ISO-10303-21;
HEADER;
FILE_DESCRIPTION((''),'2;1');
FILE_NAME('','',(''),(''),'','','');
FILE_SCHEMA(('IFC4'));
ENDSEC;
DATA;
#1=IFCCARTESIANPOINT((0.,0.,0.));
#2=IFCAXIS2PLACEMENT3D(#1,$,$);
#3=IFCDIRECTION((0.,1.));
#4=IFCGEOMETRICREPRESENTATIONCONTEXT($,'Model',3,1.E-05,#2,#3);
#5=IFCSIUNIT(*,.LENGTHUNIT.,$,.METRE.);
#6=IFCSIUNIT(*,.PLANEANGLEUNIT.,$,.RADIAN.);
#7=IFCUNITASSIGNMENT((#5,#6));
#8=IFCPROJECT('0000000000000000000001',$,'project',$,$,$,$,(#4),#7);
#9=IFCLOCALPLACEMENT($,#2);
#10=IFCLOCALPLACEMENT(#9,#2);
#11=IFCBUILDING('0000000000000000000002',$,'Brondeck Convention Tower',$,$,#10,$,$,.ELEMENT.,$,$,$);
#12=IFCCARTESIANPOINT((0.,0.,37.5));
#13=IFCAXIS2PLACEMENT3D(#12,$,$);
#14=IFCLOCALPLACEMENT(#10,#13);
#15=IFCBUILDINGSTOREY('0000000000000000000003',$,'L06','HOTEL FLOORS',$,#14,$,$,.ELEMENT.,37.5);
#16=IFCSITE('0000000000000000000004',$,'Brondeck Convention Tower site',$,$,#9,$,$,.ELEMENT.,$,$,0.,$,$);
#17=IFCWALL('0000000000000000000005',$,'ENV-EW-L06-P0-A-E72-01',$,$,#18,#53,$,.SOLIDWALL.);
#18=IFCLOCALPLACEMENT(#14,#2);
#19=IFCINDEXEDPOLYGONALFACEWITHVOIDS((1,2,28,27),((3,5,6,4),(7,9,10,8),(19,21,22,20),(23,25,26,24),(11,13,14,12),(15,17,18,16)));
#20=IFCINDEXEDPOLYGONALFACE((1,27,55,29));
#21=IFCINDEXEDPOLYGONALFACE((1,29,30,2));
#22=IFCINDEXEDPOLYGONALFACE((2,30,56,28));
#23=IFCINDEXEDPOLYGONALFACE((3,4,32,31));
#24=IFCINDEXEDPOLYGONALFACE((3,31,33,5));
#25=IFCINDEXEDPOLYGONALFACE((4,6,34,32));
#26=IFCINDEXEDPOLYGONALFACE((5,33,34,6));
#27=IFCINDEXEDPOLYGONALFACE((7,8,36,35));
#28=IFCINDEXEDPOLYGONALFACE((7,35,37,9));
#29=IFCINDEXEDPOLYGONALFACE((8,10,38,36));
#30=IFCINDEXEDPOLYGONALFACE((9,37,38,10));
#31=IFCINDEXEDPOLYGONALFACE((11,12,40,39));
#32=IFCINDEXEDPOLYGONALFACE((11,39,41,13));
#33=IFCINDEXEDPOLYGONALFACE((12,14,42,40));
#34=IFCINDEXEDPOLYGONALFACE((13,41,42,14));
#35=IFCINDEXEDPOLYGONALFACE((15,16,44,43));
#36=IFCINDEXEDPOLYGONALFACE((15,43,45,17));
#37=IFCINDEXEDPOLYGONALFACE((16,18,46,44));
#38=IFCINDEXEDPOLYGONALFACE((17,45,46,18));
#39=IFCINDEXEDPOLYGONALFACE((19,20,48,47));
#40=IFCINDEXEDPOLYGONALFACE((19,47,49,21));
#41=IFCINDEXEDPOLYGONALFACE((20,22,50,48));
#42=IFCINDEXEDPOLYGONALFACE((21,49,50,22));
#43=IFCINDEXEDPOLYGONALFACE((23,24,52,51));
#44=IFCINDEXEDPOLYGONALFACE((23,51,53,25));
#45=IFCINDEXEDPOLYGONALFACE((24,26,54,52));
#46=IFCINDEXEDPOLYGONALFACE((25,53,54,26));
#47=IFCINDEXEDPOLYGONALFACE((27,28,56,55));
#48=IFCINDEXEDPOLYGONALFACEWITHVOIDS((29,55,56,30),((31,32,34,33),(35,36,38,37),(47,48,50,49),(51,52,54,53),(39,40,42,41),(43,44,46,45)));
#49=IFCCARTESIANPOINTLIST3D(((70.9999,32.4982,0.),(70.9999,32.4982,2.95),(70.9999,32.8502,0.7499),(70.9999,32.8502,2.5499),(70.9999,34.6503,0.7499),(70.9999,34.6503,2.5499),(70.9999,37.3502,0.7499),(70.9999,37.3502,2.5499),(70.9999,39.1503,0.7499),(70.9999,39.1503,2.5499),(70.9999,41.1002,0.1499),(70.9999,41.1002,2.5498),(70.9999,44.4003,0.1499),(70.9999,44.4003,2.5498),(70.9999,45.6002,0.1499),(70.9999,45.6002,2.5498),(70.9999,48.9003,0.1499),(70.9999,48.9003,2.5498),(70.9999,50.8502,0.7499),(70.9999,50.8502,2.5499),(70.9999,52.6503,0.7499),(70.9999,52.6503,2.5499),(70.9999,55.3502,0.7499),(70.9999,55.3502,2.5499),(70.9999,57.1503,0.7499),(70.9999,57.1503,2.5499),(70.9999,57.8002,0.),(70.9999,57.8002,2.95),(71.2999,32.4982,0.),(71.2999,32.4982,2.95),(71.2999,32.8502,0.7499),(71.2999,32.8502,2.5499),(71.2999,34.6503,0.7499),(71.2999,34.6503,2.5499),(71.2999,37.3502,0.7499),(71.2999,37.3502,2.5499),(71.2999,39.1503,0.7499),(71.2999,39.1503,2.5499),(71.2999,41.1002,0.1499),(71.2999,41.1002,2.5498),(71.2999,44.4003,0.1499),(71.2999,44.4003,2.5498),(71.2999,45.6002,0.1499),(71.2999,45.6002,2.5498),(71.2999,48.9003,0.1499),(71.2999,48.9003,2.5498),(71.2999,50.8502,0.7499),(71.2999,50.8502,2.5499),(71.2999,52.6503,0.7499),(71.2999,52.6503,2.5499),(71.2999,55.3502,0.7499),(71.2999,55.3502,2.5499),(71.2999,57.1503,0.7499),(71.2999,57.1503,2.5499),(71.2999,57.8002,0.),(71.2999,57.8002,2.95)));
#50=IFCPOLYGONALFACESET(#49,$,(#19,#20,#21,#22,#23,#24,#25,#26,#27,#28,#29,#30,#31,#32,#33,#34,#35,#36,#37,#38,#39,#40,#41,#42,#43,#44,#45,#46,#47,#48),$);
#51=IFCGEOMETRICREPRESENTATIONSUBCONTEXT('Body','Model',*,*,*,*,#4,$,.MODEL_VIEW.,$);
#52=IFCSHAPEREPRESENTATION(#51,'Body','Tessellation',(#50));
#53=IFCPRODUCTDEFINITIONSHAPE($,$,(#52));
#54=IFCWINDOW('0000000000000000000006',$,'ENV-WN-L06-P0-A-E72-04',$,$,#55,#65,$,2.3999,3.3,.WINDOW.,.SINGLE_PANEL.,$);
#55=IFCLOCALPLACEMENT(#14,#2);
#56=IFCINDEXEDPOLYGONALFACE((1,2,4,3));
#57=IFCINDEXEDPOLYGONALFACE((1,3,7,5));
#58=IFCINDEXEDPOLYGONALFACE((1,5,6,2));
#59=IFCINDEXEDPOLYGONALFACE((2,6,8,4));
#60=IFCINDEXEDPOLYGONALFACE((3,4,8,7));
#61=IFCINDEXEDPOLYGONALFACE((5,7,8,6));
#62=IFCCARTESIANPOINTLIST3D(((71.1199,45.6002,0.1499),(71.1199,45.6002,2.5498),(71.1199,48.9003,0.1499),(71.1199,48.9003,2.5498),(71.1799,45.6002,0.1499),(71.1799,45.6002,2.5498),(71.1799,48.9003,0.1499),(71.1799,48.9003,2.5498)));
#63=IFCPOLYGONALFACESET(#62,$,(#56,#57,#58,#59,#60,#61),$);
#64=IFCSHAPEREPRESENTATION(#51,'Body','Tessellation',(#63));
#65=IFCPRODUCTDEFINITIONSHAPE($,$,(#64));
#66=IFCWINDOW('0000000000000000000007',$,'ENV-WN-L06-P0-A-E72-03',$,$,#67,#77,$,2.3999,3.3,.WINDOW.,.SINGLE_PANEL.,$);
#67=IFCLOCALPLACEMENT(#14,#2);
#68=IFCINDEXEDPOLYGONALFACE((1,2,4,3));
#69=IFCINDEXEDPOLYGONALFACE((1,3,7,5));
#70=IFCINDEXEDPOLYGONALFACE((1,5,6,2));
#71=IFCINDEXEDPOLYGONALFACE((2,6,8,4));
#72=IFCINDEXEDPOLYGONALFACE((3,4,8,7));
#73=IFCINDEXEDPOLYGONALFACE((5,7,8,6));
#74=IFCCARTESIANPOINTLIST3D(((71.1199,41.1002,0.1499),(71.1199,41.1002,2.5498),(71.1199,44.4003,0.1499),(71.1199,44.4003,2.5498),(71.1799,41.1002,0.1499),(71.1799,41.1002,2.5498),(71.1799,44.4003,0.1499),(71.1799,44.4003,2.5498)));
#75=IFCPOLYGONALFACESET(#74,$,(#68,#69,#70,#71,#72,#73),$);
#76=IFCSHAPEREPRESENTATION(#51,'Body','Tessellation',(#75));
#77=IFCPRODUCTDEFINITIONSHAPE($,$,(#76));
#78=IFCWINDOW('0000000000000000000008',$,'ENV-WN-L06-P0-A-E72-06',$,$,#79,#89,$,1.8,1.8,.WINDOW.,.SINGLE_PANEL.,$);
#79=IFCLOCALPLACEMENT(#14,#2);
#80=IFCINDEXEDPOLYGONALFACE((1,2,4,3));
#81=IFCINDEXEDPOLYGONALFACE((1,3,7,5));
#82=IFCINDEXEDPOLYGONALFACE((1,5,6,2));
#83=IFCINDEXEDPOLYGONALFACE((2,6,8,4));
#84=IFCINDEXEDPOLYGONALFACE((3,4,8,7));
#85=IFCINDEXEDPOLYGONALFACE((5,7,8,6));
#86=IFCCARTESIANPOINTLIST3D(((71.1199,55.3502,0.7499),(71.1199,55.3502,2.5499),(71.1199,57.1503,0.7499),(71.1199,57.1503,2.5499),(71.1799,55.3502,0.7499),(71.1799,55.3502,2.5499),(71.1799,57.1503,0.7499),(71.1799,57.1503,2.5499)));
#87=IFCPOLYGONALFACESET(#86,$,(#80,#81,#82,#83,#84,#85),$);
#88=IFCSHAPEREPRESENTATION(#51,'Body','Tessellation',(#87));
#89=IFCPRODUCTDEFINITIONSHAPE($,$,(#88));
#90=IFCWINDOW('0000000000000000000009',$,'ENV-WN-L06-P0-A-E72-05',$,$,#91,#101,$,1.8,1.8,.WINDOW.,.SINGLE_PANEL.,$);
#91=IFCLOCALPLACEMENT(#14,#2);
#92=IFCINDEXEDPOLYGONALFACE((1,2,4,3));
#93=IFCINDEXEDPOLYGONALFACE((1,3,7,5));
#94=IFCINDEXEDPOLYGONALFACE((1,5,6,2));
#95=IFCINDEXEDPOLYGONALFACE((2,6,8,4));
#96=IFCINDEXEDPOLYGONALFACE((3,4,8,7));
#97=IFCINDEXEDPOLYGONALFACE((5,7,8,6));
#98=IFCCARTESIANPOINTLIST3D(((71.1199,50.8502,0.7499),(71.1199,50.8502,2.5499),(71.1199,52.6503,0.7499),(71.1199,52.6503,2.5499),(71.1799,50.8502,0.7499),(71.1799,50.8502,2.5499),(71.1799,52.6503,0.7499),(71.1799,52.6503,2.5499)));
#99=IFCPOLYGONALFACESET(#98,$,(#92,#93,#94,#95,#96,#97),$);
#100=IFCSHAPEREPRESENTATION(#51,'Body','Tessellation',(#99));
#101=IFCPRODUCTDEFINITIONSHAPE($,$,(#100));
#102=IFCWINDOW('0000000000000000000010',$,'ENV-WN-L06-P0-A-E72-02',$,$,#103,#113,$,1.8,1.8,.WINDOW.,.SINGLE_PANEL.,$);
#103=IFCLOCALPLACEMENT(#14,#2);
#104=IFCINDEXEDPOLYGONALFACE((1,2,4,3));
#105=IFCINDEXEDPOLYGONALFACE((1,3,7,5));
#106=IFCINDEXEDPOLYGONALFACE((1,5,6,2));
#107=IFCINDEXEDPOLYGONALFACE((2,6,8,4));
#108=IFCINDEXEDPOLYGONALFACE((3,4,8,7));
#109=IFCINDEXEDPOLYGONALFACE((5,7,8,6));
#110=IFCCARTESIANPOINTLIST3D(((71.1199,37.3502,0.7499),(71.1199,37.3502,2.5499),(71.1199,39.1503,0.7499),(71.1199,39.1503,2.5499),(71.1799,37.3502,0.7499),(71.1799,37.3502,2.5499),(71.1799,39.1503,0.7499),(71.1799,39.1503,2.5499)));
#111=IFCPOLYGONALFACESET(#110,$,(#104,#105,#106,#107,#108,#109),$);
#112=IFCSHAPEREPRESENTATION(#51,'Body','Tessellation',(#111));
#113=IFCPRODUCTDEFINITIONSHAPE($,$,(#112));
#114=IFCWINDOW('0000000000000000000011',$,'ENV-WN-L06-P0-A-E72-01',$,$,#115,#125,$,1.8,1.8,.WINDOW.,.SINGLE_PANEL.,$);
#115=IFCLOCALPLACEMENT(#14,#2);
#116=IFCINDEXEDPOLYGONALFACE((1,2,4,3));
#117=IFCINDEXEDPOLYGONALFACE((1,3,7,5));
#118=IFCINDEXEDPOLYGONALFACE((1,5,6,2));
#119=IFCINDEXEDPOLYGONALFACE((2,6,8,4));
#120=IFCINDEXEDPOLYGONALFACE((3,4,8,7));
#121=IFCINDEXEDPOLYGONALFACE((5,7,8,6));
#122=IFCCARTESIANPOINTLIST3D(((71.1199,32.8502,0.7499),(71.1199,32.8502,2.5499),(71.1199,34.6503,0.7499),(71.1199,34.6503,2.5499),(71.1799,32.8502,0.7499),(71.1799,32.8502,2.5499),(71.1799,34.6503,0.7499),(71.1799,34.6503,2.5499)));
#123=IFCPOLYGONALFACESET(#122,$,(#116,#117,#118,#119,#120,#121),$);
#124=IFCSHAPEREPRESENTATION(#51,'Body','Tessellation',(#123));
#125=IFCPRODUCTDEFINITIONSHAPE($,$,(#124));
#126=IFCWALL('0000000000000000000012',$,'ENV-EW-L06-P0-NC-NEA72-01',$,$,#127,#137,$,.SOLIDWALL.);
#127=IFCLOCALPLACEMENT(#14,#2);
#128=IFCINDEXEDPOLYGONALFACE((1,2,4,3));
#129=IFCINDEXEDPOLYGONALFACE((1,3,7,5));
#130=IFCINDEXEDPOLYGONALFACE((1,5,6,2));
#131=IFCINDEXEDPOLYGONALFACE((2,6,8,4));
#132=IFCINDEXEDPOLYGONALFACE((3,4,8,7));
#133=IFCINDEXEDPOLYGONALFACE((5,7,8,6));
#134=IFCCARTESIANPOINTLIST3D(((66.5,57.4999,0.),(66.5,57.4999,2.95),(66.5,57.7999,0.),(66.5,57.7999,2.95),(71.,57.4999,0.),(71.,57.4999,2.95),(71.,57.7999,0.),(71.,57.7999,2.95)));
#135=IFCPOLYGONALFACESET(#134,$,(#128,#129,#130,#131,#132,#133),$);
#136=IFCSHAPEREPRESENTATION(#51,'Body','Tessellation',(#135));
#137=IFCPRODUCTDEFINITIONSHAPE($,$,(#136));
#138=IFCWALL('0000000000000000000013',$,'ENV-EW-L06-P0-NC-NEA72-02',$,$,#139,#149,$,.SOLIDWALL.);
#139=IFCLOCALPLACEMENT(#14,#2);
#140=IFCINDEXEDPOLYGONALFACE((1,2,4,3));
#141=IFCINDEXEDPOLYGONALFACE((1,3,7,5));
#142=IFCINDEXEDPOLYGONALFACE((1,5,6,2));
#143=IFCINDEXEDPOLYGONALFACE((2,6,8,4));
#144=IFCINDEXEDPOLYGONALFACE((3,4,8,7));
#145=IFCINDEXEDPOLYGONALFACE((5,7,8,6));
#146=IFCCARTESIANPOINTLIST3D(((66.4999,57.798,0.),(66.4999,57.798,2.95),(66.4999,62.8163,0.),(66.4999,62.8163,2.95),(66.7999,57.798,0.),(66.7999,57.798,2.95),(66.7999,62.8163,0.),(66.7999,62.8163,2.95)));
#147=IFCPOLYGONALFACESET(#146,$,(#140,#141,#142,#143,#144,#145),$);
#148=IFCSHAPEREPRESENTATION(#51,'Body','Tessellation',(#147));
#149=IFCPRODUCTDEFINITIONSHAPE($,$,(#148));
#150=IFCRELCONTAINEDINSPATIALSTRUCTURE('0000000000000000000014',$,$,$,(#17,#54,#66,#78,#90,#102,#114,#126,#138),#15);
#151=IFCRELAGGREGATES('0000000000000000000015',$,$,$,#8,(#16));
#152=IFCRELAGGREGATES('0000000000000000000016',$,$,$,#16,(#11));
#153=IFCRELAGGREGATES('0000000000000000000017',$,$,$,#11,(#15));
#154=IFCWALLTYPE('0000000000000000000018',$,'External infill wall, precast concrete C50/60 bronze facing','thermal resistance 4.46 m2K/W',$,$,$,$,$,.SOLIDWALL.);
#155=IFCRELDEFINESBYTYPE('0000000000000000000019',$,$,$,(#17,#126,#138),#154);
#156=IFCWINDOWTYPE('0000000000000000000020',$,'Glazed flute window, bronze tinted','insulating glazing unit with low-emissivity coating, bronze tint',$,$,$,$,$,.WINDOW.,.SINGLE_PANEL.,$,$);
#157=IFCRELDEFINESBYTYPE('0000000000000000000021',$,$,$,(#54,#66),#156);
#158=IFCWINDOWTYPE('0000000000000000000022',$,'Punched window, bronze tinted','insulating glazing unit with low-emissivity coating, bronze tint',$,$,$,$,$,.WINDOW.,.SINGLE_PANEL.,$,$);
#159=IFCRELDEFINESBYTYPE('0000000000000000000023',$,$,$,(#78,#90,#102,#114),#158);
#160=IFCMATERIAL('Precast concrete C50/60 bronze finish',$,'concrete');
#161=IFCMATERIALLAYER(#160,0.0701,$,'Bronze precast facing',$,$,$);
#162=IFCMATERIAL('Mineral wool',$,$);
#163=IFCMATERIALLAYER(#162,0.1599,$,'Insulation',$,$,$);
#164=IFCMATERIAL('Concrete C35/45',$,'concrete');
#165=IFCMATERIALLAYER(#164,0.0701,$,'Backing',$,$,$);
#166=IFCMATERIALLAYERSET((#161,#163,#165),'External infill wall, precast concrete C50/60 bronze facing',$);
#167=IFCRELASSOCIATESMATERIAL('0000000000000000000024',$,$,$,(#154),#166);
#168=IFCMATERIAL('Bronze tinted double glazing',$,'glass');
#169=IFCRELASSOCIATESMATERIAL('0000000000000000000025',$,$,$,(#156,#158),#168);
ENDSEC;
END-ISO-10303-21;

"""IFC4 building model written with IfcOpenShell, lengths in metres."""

from ifc_helpers import new_model, si_unit, direction, frame, frame_2d, origin, place, context, subcontext, project, spatial, rectangle, extrude, material, layer, layer_set, type_object, element, fill, save


model = new_model("IFC4")

# Units and contexts
model_context = context("Model", 3, precision=1e-05, world=origin(), true_north=direction((0.0, 1.0)))
body_context = subcontext(model_context, "Body", "Model", "MODEL_VIEW")
ifc_project = project(units=[si_unit("LENGTHUNIT", "METRE"), si_unit("PLANEANGLEUNIT", "RADIAN")], contexts=[model_context])

# Site, building, storey
site_placement = place(None, origin())
site = spatial("IfcSite", under=ifc_project, at=site_placement, Name="Brondeck Convention Tower site", CompositionType="ELEMENT", RefElevation=0.0)
building_placement = place(site_placement, origin())
building = spatial("IfcBuilding", under=site, at=building_placement, Name="Brondeck Convention Tower", CompositionType="ELEMENT")
storey_placement = place(building_placement, frame((0.0, 0.0, 37.5)))
storey = spatial("IfcBuildingStorey", under=building, at=storey_placement, Name="L06", Description="HOTEL FLOORS", CompositionType="ELEMENT", Elevation=37.5)

# Wall, openings, windows
ifc_material_1 = material(Name="Precast concrete C50/60 bronze finish", Category="concrete")
ifc_layer_1 = layer(ifc_material_1, 0.0701, Name="Bronze precast facing")
ifc_material_2 = material(Name="Mineral wool")
ifc_layer_2 = layer(ifc_material_2, 0.1599, Name="Insulation")
ifc_material_3 = material(Name="Concrete C35/45", Category="concrete")
ifc_layer_3 = layer(ifc_material_3, 0.0701, Name="Backing")
ifc_layer_set_1 = layer_set([ifc_layer_1, ifc_layer_2, ifc_layer_3], Name="External infill wall, precast concrete C50/60 bronze facing")
wall_type_1 = type_object("IfcWallType", Name="External infill wall, precast concrete C50/60 bronze facing", Description="thermal resistance 4.46 m2K/W", PredefinedType="SOLIDWALL", material=ifc_layer_set_1)
wall_1_placement = place(storey_placement, frame((71.1499, 57.8, 0.0), z_axis=(0.0, 0.0, 1.0), x_axis=(0.0, -1.0, 0.0)))
wall_1 = element("IfcWall", 1, at=wall_1_placement, inside=storey, type_object=wall_type_1, Name="ENV-EW-L06-P0-A-E72-01", PredefinedType="SOLIDWALL", context=body_context, shape_type="SweptSolid", body=[
    extrude(rectangle(XDim=25.302, YDim=0.3, at=frame_2d((12.6509, 0.0))), origin(), (0.0, 0.0, 1.0), 2.95),
])
opening_1_placement = place(wall_1_placement, frame((0.6499, 0.0, 0.75)))
opening_1 = element("IfcOpeningElement", 2, at=opening_1_placement, cuts=wall_1, PredefinedType="OPENING", context=body_context, shape_type="SweptSolid", body=[
    extrude(rectangle(XDim=1.8, YDim=1.8, at=frame_2d((0.8999, 0.8999))), frame((0.0, 0.1599, 0.0), z_axis=(0.0, -1.0, 0.0), x_axis=(1.0, 0.0, 0.0)), (0.0, 0.0, 1.0), 0.3201),
])
opening_2_placement = place(wall_1_placement, frame((5.1499, 0.0, 0.75)))
opening_2 = element("IfcOpeningElement", 3, at=opening_2_placement, cuts=wall_1, PredefinedType="OPENING", context=body_context, shape_type="SweptSolid", body=[
    extrude(rectangle(XDim=1.8, YDim=1.8, at=frame_2d((0.8999, 0.8999))), frame((0.0, 0.1599, 0.0), z_axis=(0.0, -1.0, 0.0), x_axis=(1.0, 0.0, 0.0)), (0.0, 0.0, 1.0), 0.3201),
])
opening_3_placement = place(wall_1_placement, frame((8.8999, 0.0, 0.1499)))
opening_3 = element("IfcOpeningElement", 4, at=opening_3_placement, cuts=wall_1, PredefinedType="OPENING", context=body_context, shape_type="SweptSolid", body=[
    extrude(rectangle(XDim=3.3, YDim=2.3999, at=frame_2d((1.6499, 1.2))), frame((0.0, 0.1599, 0.0), z_axis=(0.0, -1.0, 0.0), x_axis=(1.0, 0.0, 0.0)), (0.0, 0.0, 1.0), 0.3201),
])
opening_4_placement = place(wall_1_placement, frame((13.3999, 0.0, 0.1499)))
opening_4 = element("IfcOpeningElement", 5, at=opening_4_placement, cuts=wall_1, PredefinedType="OPENING", context=body_context, shape_type="SweptSolid", body=[
    extrude(rectangle(XDim=3.3, YDim=2.3999, at=frame_2d((1.6499, 1.2))), frame((0.0, 0.1599, 0.0), z_axis=(0.0, -1.0, 0.0), x_axis=(1.0, 0.0, 0.0)), (0.0, 0.0, 1.0), 0.3201),
])
opening_5_placement = place(wall_1_placement, frame((18.6499, 0.0, 0.75)))
opening_5 = element("IfcOpeningElement", 6, at=opening_5_placement, cuts=wall_1, PredefinedType="OPENING", context=body_context, shape_type="SweptSolid", body=[
    extrude(rectangle(XDim=1.8, YDim=1.8, at=frame_2d((0.8999, 0.8999))), frame((0.0, 0.1599, 0.0), z_axis=(0.0, -1.0, 0.0), x_axis=(1.0, 0.0, 0.0)), (0.0, 0.0, 1.0), 0.3201),
])
opening_6_placement = place(wall_1_placement, frame((23.1499, 0.0, 0.75)))
opening_6 = element("IfcOpeningElement", 7, at=opening_6_placement, cuts=wall_1, PredefinedType="OPENING", context=body_context, shape_type="SweptSolid", body=[
    extrude(rectangle(XDim=1.8, YDim=1.8, at=frame_2d((0.8999, 0.8999))), frame((0.0, 0.1599, 0.0), z_axis=(0.0, -1.0, 0.0), x_axis=(1.0, 0.0, 0.0)), (0.0, 0.0, 1.0), 0.3201),
])
ifc_material_4 = material(Name="Bronze tinted double glazing", Category="glass")
window_type_1 = type_object("IfcWindowType", Name="Glazed flute window, bronze tinted", Description="insulating glazing unit with low-emissivity coating, bronze tint", PartitioningType="SINGLE_PANEL", PredefinedType="WINDOW", material=ifc_material_4)
window_1_placement = place(opening_3_placement, origin())
window_1 = element("IfcWindow", 8, at=window_1_placement, inside=storey, type_object=window_type_1, Name="ENV-WN-L06-P0-A-E72-04", OverallHeight=2.3999, OverallWidth=3.3, PartitioningType="SINGLE_PANEL", PredefinedType="WINDOW", context=body_context, shape_type="SweptSolid", body=[
    extrude(rectangle(XDim=3.3, YDim=2.3999, at=frame_2d((1.6499, 1.2))), frame((0.0, 0.03, 0.0), z_axis=(0.0, -1.0, 0.0), x_axis=(1.0, 0.0, 0.0)), (0.0, 0.0, 1.0), 0.0601),
])
fill(opening_3, window_1)
window_2_placement = place(opening_4_placement, origin())
window_2 = element("IfcWindow", 9, at=window_2_placement, inside=storey, type_object=window_type_1, Name="ENV-WN-L06-P0-A-E72-03", OverallHeight=2.3999, OverallWidth=3.3, PartitioningType="SINGLE_PANEL", PredefinedType="WINDOW", context=body_context, shape_type="SweptSolid", body=[
    extrude(rectangle(XDim=3.3, YDim=2.3999, at=frame_2d((1.6499, 1.2))), frame((0.0, 0.03, 0.0), z_axis=(0.0, -1.0, 0.0), x_axis=(1.0, 0.0, 0.0)), (0.0, 0.0, 1.0), 0.0601),
])
fill(opening_4, window_2)
window_type_2 = type_object("IfcWindowType", Name="Punched window, bronze tinted", Description="insulating glazing unit with low-emissivity coating, bronze tint", PartitioningType="SINGLE_PANEL", PredefinedType="WINDOW", material=ifc_material_4)
window_3_placement = place(opening_1_placement, origin())
window_3 = element("IfcWindow", 10, at=window_3_placement, inside=storey, type_object=window_type_2, Name="ENV-WN-L06-P0-A-E72-06", OverallHeight=1.8, OverallWidth=1.8, PartitioningType="SINGLE_PANEL", PredefinedType="WINDOW", context=body_context, shape_type="SweptSolid", body=[
    extrude(rectangle(XDim=1.8, YDim=1.8, at=frame_2d((0.8999, 0.8999))), frame((0.0, 0.03, 0.0), z_axis=(0.0, -1.0, 0.0), x_axis=(1.0, 0.0, 0.0)), (0.0, 0.0, 1.0), 0.0601),
])
fill(opening_1, window_3)
window_4_placement = place(opening_2_placement, origin())
window_4 = element("IfcWindow", 11, at=window_4_placement, inside=storey, type_object=window_type_2, Name="ENV-WN-L06-P0-A-E72-05", OverallHeight=1.8, OverallWidth=1.8, PartitioningType="SINGLE_PANEL", PredefinedType="WINDOW", context=body_context, shape_type="SweptSolid", body=[
    extrude(rectangle(XDim=1.8, YDim=1.8, at=frame_2d((0.8999, 0.8999))), frame((0.0, 0.03, 0.0), z_axis=(0.0, -1.0, 0.0), x_axis=(1.0, 0.0, 0.0)), (0.0, 0.0, 1.0), 0.0601),
])
fill(opening_2, window_4)
window_5_placement = place(opening_5_placement, origin())
window_5 = element("IfcWindow", 12, at=window_5_placement, inside=storey, type_object=window_type_2, Name="ENV-WN-L06-P0-A-E72-02", OverallHeight=1.8, OverallWidth=1.8, PartitioningType="SINGLE_PANEL", PredefinedType="WINDOW", context=body_context, shape_type="SweptSolid", body=[
    extrude(rectangle(XDim=1.8, YDim=1.8, at=frame_2d((0.8999, 0.8999))), frame((0.0, 0.03, 0.0), z_axis=(0.0, -1.0, 0.0), x_axis=(1.0, 0.0, 0.0)), (0.0, 0.0, 1.0), 0.0601),
])
fill(opening_5, window_5)
window_6_placement = place(opening_6_placement, origin())
window_6 = element("IfcWindow", 13, at=window_6_placement, inside=storey, type_object=window_type_2, Name="ENV-WN-L06-P0-A-E72-01", OverallHeight=1.8, OverallWidth=1.8, PartitioningType="SINGLE_PANEL", PredefinedType="WINDOW", context=body_context, shape_type="SweptSolid", body=[
    extrude(rectangle(XDim=1.8, YDim=1.8, at=frame_2d((0.8999, 0.8999))), frame((0.0, 0.03, 0.0), z_axis=(0.0, -1.0, 0.0), x_axis=(1.0, 0.0, 0.0)), (0.0, 0.0, 1.0), 0.0601),
])
fill(opening_6, window_6)

# Walls
wall_2_placement = place(storey_placement, frame((66.5, 57.6499, 0.0), z_axis=(0.0, 0.0, 1.0), x_axis=(1.0, 0.0, 0.0)))
element("IfcWall", 14, at=wall_2_placement, inside=storey, type_object=wall_type_1, Name="ENV-EW-L06-P0-NC-NEA72-01", PredefinedType="SOLIDWALL", context=body_context, shape_type="SweptSolid", body=[
    extrude(rectangle(XDim=4.5, YDim=0.3, at=frame_2d((2.25, 0.0))), origin(), (0.0, 0.0, 1.0), 2.95),
])
wall_3_placement = place(storey_placement, frame((66.6499, 62.8164, 0.0), z_axis=(0.0, 0.0, 1.0), x_axis=(0.0, -1.0, 0.0)))
element("IfcWall", 15, at=wall_3_placement, inside=storey, type_object=wall_type_1, Name="ENV-EW-L06-P0-NC-NEA72-02", PredefinedType="SOLIDWALL", context=body_context, shape_type="SweptSolid", body=[
    extrude(rectangle(XDim=5.0183, YDim=0.3, at=frame_2d((2.5093, 0.0))), origin(), (0.0, 0.0, 1.0), 2.95),
])

save(model, "model.ifc")
